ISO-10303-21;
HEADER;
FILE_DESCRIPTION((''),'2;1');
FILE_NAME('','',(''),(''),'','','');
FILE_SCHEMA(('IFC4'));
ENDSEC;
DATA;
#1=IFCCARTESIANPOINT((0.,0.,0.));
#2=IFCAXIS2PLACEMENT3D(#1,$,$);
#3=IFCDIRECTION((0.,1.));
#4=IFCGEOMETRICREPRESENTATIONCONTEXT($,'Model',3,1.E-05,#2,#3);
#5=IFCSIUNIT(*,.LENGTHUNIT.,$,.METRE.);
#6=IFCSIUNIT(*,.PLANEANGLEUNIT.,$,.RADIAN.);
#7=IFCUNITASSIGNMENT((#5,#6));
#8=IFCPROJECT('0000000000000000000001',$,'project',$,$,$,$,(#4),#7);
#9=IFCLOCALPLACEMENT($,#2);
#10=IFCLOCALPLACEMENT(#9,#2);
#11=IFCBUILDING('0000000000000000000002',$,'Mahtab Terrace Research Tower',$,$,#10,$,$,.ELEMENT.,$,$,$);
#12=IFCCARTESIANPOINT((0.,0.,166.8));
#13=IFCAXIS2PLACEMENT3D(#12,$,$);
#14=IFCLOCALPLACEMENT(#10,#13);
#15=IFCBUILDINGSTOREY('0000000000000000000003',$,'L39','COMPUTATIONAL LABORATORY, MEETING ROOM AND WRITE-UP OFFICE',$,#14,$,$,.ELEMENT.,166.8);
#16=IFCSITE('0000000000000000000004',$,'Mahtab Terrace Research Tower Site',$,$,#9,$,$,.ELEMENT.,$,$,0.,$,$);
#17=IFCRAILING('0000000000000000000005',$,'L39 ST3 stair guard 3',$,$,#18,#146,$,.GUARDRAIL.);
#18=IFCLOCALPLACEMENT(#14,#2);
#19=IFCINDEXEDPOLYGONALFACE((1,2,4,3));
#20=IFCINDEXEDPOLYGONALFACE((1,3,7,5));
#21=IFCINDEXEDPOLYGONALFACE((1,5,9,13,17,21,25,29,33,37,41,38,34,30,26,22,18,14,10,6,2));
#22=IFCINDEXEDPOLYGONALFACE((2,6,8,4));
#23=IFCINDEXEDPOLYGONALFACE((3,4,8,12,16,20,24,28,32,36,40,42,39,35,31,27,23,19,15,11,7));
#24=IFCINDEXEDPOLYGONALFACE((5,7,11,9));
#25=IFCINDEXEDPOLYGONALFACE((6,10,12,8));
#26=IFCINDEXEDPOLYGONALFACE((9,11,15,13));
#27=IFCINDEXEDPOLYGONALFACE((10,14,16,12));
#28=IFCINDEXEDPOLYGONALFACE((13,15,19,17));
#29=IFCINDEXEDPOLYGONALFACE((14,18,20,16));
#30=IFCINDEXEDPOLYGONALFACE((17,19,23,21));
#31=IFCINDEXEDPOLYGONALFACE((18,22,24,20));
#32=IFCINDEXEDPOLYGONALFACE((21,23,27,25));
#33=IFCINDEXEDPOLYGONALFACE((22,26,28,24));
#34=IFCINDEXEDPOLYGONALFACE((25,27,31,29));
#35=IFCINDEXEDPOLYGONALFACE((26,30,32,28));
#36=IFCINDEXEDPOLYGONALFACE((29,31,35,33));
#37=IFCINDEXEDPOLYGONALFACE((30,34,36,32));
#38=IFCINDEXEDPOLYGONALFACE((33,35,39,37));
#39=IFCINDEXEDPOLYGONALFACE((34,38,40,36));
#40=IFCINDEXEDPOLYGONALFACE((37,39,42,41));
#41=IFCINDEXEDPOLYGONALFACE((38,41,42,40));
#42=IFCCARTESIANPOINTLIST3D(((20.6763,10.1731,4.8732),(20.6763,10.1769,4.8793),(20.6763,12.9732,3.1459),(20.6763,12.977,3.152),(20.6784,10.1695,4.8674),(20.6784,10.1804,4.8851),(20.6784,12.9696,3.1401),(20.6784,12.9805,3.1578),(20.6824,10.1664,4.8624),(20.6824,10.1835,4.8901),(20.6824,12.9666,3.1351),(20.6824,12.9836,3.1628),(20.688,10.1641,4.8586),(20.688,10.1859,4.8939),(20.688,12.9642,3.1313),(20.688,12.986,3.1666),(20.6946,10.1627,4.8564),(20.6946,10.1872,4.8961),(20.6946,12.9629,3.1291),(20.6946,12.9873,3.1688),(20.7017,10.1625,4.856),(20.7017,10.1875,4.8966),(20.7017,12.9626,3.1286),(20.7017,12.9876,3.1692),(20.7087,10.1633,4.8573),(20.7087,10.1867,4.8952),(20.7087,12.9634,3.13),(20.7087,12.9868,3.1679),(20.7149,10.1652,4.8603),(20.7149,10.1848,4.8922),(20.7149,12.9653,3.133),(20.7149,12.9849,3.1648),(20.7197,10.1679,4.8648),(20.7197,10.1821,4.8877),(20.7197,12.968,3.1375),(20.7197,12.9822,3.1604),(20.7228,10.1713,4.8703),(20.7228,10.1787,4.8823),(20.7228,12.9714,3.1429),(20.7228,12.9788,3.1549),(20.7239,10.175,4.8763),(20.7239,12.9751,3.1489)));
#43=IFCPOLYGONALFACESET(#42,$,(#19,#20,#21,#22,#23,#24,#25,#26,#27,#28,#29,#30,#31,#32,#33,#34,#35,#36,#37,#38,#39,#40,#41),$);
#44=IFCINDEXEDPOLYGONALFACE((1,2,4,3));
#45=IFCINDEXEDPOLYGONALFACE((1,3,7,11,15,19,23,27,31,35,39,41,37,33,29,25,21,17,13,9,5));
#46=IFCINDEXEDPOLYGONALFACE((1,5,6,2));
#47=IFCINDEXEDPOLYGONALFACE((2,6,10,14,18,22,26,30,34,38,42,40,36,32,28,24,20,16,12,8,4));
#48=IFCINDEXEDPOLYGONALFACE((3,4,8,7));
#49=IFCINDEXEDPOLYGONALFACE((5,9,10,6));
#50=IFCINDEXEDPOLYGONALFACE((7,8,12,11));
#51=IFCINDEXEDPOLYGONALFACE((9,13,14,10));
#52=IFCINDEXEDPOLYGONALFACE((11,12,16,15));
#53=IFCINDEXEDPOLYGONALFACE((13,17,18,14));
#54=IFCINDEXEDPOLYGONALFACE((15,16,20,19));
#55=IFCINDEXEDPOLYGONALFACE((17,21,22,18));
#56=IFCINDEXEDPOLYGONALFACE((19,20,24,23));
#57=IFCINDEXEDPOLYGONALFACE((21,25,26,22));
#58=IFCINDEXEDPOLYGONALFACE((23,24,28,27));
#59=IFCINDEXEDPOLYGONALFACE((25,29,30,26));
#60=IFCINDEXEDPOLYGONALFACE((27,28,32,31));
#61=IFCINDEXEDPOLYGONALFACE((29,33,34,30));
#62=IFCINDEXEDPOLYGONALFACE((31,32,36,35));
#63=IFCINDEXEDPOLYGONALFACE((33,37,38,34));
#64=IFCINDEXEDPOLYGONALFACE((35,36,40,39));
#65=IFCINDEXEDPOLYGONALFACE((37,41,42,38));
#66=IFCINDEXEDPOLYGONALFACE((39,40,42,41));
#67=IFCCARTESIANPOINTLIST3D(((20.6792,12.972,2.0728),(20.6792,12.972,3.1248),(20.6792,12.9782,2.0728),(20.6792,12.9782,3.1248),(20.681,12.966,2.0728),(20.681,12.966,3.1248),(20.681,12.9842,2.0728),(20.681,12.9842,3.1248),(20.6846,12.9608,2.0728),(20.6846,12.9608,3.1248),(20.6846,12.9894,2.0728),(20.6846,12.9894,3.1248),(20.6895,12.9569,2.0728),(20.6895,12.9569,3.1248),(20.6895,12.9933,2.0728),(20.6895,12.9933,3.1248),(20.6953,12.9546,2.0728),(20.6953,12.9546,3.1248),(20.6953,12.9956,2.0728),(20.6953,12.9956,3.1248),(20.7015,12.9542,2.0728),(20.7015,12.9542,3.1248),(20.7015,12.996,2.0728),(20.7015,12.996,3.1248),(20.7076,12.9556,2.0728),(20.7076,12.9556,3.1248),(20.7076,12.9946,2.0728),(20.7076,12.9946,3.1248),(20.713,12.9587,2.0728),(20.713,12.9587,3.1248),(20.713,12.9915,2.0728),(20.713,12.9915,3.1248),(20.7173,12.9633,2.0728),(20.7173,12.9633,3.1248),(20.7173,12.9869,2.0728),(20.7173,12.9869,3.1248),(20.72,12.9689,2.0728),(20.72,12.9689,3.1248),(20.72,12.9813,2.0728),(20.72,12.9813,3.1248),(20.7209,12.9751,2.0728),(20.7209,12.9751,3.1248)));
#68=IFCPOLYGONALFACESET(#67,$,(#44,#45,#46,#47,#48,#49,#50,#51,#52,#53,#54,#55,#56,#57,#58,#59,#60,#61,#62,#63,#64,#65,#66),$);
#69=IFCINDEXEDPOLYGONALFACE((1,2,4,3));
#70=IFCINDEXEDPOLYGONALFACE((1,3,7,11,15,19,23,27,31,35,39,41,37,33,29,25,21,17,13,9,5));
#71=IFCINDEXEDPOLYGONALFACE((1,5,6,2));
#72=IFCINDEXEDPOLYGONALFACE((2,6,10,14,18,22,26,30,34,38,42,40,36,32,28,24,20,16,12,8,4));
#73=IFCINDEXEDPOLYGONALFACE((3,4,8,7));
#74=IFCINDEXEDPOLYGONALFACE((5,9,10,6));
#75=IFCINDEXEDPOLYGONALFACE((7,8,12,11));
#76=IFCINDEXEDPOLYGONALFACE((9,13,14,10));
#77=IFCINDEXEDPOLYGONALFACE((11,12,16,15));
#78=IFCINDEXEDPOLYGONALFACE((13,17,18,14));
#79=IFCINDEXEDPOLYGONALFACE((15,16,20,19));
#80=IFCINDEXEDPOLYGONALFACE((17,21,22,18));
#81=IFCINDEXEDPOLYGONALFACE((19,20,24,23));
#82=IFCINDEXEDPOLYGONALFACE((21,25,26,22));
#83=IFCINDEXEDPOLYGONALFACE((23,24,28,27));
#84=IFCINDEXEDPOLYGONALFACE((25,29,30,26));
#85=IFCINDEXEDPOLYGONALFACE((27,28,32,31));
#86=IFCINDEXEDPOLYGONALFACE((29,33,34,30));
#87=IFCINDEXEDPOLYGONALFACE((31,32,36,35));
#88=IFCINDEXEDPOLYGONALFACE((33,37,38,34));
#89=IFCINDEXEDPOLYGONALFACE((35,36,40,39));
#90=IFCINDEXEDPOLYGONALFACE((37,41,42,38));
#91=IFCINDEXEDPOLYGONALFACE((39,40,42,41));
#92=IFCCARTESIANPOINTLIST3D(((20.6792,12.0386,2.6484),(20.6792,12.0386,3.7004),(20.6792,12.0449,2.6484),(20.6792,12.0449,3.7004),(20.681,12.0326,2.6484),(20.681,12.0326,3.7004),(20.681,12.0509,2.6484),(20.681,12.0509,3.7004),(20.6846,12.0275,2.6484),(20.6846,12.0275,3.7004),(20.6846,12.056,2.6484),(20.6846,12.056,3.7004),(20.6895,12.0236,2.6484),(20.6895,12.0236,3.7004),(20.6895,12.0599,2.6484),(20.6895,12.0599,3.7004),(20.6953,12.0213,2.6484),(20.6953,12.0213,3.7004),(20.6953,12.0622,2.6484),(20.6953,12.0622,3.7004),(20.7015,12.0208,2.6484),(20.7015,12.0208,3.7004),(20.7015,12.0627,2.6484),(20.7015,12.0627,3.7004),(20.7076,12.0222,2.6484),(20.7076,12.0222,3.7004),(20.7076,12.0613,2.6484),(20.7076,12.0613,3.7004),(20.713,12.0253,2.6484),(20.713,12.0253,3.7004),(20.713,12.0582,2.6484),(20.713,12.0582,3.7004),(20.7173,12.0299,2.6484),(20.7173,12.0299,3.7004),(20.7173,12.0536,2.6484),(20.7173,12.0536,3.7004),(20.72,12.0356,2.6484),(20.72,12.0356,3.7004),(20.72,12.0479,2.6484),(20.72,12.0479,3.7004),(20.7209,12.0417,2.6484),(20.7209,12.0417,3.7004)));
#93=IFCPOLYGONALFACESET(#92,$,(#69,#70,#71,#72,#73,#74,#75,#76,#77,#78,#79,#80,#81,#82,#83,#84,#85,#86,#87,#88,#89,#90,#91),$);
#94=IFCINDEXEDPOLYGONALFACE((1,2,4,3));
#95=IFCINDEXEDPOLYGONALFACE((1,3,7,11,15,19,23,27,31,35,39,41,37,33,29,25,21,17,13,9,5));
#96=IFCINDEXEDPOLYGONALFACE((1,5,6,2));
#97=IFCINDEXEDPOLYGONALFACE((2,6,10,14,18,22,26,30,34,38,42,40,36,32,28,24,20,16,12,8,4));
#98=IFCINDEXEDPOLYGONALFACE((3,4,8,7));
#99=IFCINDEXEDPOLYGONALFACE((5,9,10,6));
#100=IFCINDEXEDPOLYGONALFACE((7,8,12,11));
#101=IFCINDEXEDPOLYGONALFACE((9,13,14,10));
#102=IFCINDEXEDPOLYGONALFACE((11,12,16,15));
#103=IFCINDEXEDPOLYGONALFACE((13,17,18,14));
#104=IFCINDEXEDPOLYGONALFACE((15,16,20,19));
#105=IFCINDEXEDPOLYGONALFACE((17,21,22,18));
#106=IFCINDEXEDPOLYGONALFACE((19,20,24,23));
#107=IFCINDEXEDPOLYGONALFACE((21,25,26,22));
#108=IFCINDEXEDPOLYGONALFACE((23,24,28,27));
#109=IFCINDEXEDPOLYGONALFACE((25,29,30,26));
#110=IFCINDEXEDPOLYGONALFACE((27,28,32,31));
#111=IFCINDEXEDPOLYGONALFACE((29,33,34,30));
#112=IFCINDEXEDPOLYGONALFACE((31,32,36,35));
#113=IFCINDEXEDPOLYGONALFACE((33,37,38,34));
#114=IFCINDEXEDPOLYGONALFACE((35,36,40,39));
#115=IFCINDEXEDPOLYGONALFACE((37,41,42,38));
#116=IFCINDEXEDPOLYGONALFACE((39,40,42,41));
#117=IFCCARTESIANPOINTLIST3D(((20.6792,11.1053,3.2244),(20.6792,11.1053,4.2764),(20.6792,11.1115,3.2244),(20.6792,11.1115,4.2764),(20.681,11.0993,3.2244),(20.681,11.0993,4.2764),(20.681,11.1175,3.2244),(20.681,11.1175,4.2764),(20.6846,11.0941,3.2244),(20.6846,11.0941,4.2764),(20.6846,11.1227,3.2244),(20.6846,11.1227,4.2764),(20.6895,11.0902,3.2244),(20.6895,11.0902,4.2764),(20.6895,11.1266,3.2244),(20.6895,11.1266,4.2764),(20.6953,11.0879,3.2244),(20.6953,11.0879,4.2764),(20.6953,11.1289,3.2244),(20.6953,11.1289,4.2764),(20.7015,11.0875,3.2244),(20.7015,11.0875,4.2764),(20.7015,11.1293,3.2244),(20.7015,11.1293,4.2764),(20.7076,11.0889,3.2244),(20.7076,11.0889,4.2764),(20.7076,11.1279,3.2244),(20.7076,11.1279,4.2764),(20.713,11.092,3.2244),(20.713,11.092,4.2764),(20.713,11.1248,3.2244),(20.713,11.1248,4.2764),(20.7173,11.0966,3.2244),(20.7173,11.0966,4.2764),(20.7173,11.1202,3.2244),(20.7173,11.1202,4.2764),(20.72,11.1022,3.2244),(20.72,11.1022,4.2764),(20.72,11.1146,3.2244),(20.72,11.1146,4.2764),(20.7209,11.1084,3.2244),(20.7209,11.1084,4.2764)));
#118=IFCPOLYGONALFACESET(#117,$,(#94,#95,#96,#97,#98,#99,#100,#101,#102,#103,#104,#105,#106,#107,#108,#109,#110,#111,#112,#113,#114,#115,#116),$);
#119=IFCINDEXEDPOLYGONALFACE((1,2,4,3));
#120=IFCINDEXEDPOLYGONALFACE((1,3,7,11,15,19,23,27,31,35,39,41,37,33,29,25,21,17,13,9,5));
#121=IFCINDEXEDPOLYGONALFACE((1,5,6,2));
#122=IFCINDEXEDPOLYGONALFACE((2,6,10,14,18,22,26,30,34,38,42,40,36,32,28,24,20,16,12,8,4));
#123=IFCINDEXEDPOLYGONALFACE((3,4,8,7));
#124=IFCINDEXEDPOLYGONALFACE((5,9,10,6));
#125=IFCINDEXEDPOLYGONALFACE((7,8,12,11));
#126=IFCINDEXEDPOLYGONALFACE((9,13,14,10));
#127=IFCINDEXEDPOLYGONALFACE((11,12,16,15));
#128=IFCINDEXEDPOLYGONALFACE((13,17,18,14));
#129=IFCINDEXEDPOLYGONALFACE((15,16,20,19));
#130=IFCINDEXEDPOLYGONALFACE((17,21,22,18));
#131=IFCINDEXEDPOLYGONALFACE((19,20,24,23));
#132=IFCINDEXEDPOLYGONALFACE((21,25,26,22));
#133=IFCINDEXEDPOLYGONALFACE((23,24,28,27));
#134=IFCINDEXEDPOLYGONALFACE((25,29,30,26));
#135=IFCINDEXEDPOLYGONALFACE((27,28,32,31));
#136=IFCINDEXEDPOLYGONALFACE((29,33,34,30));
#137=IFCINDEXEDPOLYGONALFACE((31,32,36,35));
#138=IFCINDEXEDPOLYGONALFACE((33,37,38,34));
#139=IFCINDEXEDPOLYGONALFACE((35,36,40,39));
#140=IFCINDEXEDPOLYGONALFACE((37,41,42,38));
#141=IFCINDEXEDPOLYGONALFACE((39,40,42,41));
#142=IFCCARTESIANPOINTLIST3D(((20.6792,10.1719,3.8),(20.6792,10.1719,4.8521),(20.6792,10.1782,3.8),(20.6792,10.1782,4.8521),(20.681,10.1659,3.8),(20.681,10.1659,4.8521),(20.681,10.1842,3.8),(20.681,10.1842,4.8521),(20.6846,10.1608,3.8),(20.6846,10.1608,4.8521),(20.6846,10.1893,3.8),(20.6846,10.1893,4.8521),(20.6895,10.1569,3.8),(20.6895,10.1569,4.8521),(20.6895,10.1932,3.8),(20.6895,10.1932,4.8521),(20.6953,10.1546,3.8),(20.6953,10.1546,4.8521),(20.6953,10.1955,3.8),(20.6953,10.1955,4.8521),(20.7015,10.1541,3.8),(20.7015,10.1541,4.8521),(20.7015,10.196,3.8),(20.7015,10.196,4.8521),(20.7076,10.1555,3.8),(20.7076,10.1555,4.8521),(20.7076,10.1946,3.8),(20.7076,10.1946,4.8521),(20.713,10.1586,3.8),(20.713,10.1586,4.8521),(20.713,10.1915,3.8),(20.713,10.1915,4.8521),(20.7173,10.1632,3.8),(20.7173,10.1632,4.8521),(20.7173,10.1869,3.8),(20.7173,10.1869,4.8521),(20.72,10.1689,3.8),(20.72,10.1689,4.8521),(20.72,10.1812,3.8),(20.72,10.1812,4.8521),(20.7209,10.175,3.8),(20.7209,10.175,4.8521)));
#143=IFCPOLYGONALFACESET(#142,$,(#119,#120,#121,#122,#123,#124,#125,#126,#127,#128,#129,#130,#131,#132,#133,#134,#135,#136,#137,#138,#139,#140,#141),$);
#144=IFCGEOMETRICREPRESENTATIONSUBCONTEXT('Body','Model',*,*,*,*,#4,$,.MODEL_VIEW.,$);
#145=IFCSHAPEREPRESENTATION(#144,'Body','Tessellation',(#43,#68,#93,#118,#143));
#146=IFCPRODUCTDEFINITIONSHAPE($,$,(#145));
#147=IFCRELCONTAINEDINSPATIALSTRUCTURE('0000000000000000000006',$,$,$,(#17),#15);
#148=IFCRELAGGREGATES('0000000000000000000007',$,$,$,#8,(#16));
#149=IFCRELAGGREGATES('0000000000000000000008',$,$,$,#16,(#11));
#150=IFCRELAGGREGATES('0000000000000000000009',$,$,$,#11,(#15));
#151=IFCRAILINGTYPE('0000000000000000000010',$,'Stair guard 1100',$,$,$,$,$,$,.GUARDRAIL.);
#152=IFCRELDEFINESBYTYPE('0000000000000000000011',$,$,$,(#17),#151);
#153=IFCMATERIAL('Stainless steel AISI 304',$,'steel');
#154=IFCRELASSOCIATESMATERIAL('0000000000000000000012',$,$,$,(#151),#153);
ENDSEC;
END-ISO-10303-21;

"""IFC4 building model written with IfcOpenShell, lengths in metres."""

from ifc_helpers import new_model, si_unit, direction, frame, origin, origin_2d, place, context, subcontext, project, spatial, circle, extrude, material, type_object, element, save


model = new_model("IFC4")

# Units and contexts
model_context = context("Model", 3, precision=1e-05, world=origin(), true_north=direction((0.0, 1.0)))
body_context = subcontext(model_context, "Body", "Model", "MODEL_VIEW")
ifc_project = project(units=[si_unit("LENGTHUNIT", "METRE"), si_unit("PLANEANGLEUNIT", "RADIAN")], contexts=[model_context])

# Site, building, storey
site_placement = place(None, origin())
site = spatial("IfcSite", under=ifc_project, at=site_placement, Name="Mahtab Terrace Research Tower Site", CompositionType="ELEMENT", RefElevation=0.0)
building_placement = place(site_placement, origin())
building = spatial("IfcBuilding", under=site, at=building_placement, Name="Mahtab Terrace Research Tower", CompositionType="ELEMENT")
storey_placement = place(building_placement, frame((0.0, 0.0, 166.8)))
storey = spatial("IfcBuildingStorey", under=building, at=storey_placement, Name="L39", Description="COMPUTATIONAL LABORATORY, MEETING ROOM AND WRITE-UP OFFICE", CompositionType="ELEMENT", Elevation=166.8)

# Railing
ifc_material_1 = material(Name="Stainless steel AISI 304", Category="steel")
railing_type_1 = type_object("IfcRailingType", Name="Stair guard 1100", PredefinedType="GUARDRAIL", material=ifc_material_1)
railing_1_placement = place(storey_placement, frame((20.7, 12.9751, 2.0728)))
element("IfcRailing", 1, at=railing_1_placement, inside=storey, type_object=railing_type_1, Name="L39 ST3 stair guard 3", PredefinedType="GUARDRAIL", context=body_context, shape_type="SweptSolid", body=[
    extrude(circle(Radius=0.0239, at=origin_2d()), frame((0.0, 0.0, 1.0762), z_axis=(0.0, -0.85109, 0.52502), x_axis=(1.0, 0.0, 0.0)), (0.0, 0.0, 1.0), 3.29),
    extrude(circle(Radius=0.021, at=origin_2d()), origin(), (0.0, 0.0, 1.0), 1.052),
    extrude(circle(Radius=0.021, at=origin_2d()), frame((0.0, -0.9333, 0.5757)), (0.0, 0.0, 1.0), 1.052),
    extrude(circle(Radius=0.021, at=origin_2d()), frame((0.0, -1.8667, 1.1516)), (0.0, 0.0, 1.0), 1.052),
    extrude(circle(Radius=0.021, at=origin_2d()), frame((0.0, -2.8, 1.7273)), (0.0, 0.0, 1.0), 1.052),
])

save(model, "model.ifc")
